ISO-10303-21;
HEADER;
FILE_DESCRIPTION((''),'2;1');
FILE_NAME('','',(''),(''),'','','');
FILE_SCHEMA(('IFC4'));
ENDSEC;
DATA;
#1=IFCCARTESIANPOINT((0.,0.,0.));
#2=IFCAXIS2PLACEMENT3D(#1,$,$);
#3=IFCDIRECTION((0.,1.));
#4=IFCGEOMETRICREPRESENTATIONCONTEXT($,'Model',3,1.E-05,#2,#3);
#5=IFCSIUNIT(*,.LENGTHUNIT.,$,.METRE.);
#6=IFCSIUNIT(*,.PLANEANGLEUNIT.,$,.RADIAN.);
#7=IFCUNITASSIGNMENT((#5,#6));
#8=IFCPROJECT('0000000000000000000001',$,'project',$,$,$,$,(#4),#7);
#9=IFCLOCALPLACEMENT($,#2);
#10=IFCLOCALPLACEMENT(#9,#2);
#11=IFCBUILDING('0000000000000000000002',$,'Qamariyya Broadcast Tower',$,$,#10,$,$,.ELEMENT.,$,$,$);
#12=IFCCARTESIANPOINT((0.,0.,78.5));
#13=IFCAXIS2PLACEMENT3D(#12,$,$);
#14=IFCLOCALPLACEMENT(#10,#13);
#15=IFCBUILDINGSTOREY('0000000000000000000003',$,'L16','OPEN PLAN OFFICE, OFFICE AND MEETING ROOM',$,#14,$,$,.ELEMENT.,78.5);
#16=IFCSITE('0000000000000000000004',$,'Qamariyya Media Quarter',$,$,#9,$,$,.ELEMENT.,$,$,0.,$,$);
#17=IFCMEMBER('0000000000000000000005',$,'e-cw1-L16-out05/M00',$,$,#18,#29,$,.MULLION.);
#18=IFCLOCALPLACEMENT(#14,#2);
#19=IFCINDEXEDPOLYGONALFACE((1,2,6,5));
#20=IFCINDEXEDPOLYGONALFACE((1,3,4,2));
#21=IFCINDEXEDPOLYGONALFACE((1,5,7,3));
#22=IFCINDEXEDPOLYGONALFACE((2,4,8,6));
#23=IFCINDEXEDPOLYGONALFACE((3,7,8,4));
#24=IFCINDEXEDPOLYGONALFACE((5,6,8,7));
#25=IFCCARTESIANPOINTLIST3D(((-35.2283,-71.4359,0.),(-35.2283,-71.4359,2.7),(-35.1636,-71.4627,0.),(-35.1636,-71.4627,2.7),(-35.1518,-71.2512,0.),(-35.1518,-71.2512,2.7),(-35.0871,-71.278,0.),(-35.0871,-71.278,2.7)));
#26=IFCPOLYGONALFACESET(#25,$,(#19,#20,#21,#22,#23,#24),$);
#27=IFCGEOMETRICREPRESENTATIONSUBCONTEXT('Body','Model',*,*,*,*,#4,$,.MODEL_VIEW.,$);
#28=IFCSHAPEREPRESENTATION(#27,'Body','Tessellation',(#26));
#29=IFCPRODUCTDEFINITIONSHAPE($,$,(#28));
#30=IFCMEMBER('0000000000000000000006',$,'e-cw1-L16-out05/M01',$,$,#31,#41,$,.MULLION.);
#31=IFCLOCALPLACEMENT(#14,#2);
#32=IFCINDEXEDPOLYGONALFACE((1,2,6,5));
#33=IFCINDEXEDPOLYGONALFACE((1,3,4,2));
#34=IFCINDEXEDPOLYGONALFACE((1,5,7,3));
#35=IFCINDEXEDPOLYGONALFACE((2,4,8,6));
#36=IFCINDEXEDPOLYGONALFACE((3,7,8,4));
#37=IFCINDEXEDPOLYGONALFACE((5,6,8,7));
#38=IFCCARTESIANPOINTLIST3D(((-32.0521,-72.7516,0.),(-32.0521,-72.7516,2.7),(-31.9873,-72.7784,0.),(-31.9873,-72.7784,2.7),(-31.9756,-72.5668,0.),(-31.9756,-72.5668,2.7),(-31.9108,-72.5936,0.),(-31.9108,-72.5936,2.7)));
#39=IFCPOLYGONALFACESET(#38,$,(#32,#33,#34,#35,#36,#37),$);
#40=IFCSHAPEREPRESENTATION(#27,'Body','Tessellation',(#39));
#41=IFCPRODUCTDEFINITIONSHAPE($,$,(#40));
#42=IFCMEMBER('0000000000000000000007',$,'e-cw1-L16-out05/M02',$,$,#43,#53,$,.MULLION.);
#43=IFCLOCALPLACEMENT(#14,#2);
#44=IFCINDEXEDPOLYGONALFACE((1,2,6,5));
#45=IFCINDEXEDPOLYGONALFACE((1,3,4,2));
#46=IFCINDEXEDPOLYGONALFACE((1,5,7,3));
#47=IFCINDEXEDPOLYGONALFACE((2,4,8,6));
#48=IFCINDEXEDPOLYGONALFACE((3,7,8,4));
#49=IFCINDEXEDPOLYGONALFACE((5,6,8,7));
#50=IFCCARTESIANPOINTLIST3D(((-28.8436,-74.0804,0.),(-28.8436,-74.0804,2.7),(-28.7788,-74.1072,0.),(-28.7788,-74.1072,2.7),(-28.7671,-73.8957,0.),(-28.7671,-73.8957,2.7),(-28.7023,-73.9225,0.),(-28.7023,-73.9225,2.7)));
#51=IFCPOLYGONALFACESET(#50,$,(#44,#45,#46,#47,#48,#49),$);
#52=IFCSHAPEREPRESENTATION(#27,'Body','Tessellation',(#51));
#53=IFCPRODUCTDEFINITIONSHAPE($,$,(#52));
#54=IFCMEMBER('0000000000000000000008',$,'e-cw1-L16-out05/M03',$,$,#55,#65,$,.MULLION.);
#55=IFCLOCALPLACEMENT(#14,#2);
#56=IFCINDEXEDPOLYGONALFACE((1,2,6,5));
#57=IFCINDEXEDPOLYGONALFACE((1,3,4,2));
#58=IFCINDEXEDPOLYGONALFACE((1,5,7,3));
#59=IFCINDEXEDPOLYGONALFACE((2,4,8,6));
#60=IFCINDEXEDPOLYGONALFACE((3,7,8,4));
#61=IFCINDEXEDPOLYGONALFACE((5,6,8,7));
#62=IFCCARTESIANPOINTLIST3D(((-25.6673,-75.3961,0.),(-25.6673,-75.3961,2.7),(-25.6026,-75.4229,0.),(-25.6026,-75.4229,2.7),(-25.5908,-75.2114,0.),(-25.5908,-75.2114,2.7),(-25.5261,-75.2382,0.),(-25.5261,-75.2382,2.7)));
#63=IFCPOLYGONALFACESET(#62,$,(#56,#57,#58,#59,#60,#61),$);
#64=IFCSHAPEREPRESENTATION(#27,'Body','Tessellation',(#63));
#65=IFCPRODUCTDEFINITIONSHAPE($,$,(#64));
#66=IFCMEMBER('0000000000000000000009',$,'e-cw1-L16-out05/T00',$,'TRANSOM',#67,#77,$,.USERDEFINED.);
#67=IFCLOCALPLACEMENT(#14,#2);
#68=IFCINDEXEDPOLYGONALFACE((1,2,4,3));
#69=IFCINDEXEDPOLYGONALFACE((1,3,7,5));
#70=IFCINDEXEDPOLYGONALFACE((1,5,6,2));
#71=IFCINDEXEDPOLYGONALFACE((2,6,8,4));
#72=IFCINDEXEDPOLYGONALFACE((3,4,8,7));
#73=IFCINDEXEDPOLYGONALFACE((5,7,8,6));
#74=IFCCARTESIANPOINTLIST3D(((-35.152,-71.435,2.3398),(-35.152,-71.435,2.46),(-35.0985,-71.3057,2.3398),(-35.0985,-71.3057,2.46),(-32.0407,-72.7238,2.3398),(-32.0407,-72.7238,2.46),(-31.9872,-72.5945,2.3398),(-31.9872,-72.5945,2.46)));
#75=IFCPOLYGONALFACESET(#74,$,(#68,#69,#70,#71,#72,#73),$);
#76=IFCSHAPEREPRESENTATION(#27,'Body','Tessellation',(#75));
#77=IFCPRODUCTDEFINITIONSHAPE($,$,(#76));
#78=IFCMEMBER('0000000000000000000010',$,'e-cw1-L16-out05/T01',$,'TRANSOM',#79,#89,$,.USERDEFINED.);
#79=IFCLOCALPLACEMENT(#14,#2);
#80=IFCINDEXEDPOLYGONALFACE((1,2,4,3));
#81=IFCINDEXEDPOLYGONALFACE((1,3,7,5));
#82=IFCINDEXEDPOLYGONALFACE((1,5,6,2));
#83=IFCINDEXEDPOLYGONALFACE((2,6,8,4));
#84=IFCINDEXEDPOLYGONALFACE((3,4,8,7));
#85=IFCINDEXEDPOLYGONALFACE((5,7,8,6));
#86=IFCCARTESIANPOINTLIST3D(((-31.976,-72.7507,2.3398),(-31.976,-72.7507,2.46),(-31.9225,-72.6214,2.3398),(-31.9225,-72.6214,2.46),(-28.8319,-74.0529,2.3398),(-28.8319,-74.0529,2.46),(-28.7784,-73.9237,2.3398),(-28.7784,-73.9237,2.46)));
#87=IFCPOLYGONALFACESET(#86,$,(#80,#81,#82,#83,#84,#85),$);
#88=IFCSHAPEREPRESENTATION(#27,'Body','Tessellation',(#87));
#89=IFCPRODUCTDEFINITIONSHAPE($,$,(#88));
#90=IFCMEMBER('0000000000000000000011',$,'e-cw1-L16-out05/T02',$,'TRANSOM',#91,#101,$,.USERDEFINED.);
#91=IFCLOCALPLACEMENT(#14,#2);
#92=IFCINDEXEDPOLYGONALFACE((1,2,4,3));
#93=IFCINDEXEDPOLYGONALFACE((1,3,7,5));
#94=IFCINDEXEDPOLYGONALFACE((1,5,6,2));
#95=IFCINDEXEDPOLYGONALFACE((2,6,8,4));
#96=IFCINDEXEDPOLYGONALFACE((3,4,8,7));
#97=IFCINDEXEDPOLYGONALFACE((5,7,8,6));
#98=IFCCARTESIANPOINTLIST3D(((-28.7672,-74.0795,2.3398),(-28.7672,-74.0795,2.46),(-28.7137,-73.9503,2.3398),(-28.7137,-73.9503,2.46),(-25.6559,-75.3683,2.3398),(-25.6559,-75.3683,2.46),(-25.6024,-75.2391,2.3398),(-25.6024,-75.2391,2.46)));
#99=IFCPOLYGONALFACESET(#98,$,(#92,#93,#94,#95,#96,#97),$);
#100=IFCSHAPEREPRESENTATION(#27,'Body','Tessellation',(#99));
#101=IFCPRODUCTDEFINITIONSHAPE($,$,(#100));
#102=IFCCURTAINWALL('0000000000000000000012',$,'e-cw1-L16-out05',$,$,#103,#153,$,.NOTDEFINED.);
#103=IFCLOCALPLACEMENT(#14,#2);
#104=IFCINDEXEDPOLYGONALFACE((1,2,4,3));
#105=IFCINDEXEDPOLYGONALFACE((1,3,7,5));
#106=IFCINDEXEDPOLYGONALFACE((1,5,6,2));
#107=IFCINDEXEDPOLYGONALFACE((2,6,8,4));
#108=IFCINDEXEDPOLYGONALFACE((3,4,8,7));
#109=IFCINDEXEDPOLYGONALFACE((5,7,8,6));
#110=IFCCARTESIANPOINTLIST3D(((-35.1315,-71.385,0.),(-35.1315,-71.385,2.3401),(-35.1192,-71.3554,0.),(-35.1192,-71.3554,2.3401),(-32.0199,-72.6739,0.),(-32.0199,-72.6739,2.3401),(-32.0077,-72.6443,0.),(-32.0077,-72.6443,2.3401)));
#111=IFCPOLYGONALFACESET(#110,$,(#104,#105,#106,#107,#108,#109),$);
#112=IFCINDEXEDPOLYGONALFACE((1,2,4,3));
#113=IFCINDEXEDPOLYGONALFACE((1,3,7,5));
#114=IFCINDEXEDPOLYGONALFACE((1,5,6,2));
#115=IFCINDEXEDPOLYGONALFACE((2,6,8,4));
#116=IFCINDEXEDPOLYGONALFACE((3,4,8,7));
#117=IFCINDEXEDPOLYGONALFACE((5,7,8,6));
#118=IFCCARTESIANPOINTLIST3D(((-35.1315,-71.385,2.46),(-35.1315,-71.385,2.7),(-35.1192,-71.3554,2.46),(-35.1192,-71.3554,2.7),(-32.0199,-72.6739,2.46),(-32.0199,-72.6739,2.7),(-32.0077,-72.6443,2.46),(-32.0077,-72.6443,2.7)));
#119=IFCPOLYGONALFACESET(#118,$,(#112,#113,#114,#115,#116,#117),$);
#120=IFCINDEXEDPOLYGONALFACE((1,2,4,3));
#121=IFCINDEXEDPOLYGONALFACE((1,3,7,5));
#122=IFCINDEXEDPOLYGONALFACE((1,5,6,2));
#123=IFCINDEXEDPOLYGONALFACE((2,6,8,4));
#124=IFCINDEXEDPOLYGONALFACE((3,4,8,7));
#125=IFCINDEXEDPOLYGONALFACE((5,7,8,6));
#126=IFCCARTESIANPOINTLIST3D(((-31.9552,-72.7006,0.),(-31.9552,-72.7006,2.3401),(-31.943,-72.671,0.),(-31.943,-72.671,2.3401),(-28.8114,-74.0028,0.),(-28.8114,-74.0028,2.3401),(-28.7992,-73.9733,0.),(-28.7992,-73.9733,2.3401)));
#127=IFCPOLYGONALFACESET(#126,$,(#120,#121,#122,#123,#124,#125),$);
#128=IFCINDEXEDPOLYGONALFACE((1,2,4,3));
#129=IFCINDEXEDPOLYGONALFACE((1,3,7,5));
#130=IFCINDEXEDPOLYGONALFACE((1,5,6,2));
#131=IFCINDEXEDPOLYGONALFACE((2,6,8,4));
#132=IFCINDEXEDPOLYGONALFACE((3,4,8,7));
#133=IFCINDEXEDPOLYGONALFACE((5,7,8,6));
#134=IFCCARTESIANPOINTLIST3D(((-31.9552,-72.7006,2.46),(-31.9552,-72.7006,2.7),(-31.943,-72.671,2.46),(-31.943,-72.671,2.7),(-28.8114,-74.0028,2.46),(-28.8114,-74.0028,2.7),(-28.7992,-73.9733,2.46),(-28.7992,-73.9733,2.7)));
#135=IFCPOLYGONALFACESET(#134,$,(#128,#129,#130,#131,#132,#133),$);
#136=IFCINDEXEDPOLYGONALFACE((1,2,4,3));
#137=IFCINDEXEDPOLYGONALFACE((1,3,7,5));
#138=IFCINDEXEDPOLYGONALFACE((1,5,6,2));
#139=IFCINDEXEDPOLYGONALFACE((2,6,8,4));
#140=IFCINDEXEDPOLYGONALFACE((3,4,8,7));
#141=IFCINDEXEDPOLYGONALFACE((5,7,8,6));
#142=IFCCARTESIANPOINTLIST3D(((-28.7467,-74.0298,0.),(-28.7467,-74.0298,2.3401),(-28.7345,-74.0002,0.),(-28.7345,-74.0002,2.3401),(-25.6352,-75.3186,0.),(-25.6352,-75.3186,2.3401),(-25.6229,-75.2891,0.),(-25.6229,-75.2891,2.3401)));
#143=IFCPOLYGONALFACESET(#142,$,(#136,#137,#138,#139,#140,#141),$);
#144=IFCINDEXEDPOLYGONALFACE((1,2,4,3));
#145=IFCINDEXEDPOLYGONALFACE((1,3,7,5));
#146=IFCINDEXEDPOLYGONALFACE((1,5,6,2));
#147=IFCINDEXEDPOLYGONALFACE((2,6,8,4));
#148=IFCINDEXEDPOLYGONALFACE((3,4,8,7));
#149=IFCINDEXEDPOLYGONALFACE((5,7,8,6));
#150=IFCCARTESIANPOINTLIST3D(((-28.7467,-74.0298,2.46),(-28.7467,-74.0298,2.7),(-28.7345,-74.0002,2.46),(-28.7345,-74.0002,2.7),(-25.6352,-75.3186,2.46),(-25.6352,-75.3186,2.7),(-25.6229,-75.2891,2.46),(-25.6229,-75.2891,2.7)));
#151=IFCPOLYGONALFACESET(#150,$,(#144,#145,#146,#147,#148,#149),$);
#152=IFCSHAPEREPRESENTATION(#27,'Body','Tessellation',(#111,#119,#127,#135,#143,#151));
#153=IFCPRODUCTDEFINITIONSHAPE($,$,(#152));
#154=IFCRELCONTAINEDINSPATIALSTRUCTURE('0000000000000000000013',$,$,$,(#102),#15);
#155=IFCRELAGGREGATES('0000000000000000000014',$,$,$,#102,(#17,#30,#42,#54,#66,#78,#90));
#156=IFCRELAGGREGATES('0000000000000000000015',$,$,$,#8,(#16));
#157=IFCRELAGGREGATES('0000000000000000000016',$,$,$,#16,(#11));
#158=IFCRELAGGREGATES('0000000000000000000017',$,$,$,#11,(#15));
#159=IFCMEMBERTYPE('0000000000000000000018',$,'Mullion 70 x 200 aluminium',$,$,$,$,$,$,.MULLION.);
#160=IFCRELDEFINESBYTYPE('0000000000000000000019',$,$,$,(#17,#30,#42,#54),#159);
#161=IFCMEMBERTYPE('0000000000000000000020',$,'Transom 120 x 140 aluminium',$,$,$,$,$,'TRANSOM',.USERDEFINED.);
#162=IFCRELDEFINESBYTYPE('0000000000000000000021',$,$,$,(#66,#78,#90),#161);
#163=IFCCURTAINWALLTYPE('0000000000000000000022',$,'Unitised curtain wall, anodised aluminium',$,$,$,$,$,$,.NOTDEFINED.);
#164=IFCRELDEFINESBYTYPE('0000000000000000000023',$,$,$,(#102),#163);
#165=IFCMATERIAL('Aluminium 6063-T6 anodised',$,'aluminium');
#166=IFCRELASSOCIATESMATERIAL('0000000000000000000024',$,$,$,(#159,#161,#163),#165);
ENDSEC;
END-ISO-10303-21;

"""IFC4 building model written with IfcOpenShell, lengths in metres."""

from ifc_helpers import new_model, si_unit, direction, frame, origin, origin_2d, place, context, subcontext, project, spatial, rectangle, extrude, material, material_profile, profile_set, type_object, element, aggregate, save


model = new_model("IFC4")

# Units and contexts
model_context = context("Model", 3, precision=1e-05, world=origin(), true_north=direction((0.0, 1.0)))
body_context = subcontext(model_context, "Body", "Model", "MODEL_VIEW")
ifc_project = project(units=[si_unit("LENGTHUNIT", "METRE"), si_unit("PLANEANGLEUNIT", "RADIAN")], contexts=[model_context])

# Members
ifc_material_1 = material(Name="Aluminium 6063-T6 anodised", Category="aluminium")
ifc_material_profile_1 = material_profile(ifc_material_1, rectangle(XDim=0.2, YDim=0.0701, at=origin_2d()))
ifc_profile_set_1 = profile_set([ifc_material_profile_1], Name="Aluminium 6063-T6 anodised")
member_type_1 = type_object("IfcMemberType", Name="Mullion 70 x 200 aluminium", PredefinedType="MULLION", material=ifc_profile_set_1)
site_placement = place(None, origin())
building_placement = place(site_placement, origin())
storey_placement = place(building_placement, frame((0.0, 0.0, 78.5)))
member_1_placement = place(storey_placement, frame((-35.1577, -71.3569, 0.0), z_axis=(0.0, 0.0, 1.0), x_axis=(0.382683, 0.92388, 0.0)))
member_1 = element("IfcMember", 1, at=member_1_placement, type_object=member_type_1, Name="e-cw1-L16-out05/M00", PredefinedType="MULLION", context=body_context, shape_type="SweptSolid", body=[
    extrude(rectangle(XDim=0.2, YDim=0.0701, at=origin_2d()), origin(), (0.0, 0.0, 1.0), 2.7),
])
member_2_placement = place(storey_placement, frame((-31.9814, -72.6726, 0.0), z_axis=(0.0, 0.0, 1.0), x_axis=(0.382683, 0.92388, 0.0)))
member_2 = element("IfcMember", 2, at=member_2_placement, type_object=member_type_1, Name="e-cw1-L16-out05/M01", PredefinedType="MULLION", context=body_context, shape_type="SweptSolid", body=[
    extrude(rectangle(XDim=0.2, YDim=0.0701, at=origin_2d()), origin(), (0.0, 0.0, 1.0), 2.7),
])
member_3_placement = place(storey_placement, frame((-28.7729, -74.0015, 0.0), z_axis=(0.0, 0.0, 1.0), x_axis=(0.382683, 0.92388, 0.0)))
member_3 = element("IfcMember", 3, at=member_3_placement, type_object=member_type_1, Name="e-cw1-L16-out05/M02", PredefinedType="MULLION", context=body_context, shape_type="SweptSolid", body=[
    extrude(rectangle(XDim=0.2, YDim=0.0701, at=origin_2d()), origin(), (0.0, 0.0, 1.0), 2.7),
])
member_4_placement = place(storey_placement, frame((-25.5967, -75.3171, 0.0), z_axis=(0.0, 0.0, 1.0), x_axis=(0.382683, 0.92388, 0.0)))
member_4 = element("IfcMember", 4, at=member_4_placement, type_object=member_type_1, Name="e-cw1-L16-out05/M03", PredefinedType="MULLION", context=body_context, shape_type="SweptSolid", body=[
    extrude(rectangle(XDim=0.2, YDim=0.0701, at=origin_2d()), origin(), (0.0, 0.0, 1.0), 2.7),
])
ifc_material_profile_2 = material_profile(ifc_material_1, rectangle(XDim=0.1399, YDim=0.1201, at=origin_2d()))
ifc_profile_set_2 = profile_set([ifc_material_profile_2], Name="Aluminium 6063-T6 anodised")
member_type_2 = type_object("IfcMemberType", Name="Transom 120 x 140 aluminium", ElementType="TRANSOM", PredefinedType="USERDEFINED", material=ifc_profile_set_2)
member_5_placement = place(storey_placement, frame((-35.1252, -71.3704, 2.3999), z_axis=(0.923873, -0.3827, 0.0), x_axis=(0.3827, 0.923873, 0.0)))
member_5 = element("IfcMember", 5, at=member_5_placement, type_object=member_type_2, Name="e-cw1-L16-out05/T00", ObjectType="TRANSOM", PredefinedType="USERDEFINED", context=body_context, shape_type="SweptSolid", body=[
    extrude(rectangle(XDim=0.1399, YDim=0.1201, at=origin_2d()), origin(), (0.0, 0.0, 1.0), 3.3677),
])
member_6_placement = place(storey_placement, frame((-31.9492, -72.686, 2.3999), z_axis=(0.923886, -0.382669, 0.0), x_axis=(0.382669, 0.923886, 0.0)))
member_6 = element("IfcMember", 6, at=member_6_placement, type_object=member_type_2, Name="e-cw1-L16-out05/T01", ObjectType="TRANSOM", PredefinedType="USERDEFINED", context=body_context, shape_type="SweptSolid", body=[
    extrude(rectangle(XDim=0.1399, YDim=0.1201, at=origin_2d()), origin(), (0.0, 0.0, 1.0), 3.4031),
])
member_7_placement = place(storey_placement, frame((-28.7405, -74.0149, 2.3999), z_axis=(0.923873, -0.3827, 0.0), x_axis=(0.3827, 0.923873, 0.0)))
member_7 = element("IfcMember", 7, at=member_7_placement, type_object=member_type_2, Name="e-cw1-L16-out05/T02", ObjectType="TRANSOM", PredefinedType="USERDEFINED", context=body_context, shape_type="SweptSolid", body=[
    extrude(rectangle(XDim=0.1399, YDim=0.1201, at=origin_2d()), origin(), (0.0, 0.0, 1.0), 3.3677),
])

# Site, building, storey
site = spatial("IfcSite", under=ifc_project, at=site_placement, Name="Qamariyya Media Quarter", CompositionType="ELEMENT", RefElevation=0.0)
building = spatial("IfcBuilding", under=site, at=building_placement, Name="Qamariyya Broadcast Tower", CompositionType="ELEMENT")
storey = spatial("IfcBuildingStorey", under=building, at=storey_placement, Name="L16", Description="OPEN PLAN OFFICE, OFFICE AND MEETING ROOM", CompositionType="ELEMENT", Elevation=78.5)

# Curtain wall
curtain_wall_type = type_object("IfcCurtainWallType", Name="Unitised curtain wall, anodised aluminium", PredefinedType="NOTDEFINED", material=ifc_material_1)
curtain_wall_1_placement = place(storey_placement, origin())
curtain_wall_1 = element("IfcCurtainWall", 8, at=curtain_wall_1_placement, inside=storey, type_object=curtain_wall_type, Name="e-cw1-L16-out05", PredefinedType="NOTDEFINED", context=body_context, shape_type="SweptSolid", body=[
    extrude(rectangle(XDim=3.3679, YDim=0.032, at=origin_2d()), frame((-33.5696, -72.0146, 0.0), x_axis=(0.923878, -0.382688, 0.0)), (0.0, 0.0, 1.0), 2.3401),
    extrude(rectangle(XDim=3.3679, YDim=0.032, at=origin_2d()), frame((-33.5696, -72.0146, 2.46), x_axis=(0.923878, -0.382688, 0.0)), (0.0, 0.0, 1.0), 0.24),
    extrude(rectangle(XDim=3.4028, YDim=0.032, at=origin_2d()), frame((-30.3772, -73.3369, 0.0), x_axis=(0.923878, -0.382688, 0.0)), (0.0, 0.0, 1.0), 2.3401),
    extrude(rectangle(XDim=3.4028, YDim=0.032, at=origin_2d()), frame((-30.3772, -73.3369, 2.46), x_axis=(0.923878, -0.382688, 0.0)), (0.0, 0.0, 1.0), 0.24),
    extrude(rectangle(XDim=3.3679, YDim=0.032, at=origin_2d()), frame((-27.1848, -74.6594, 0.0), x_axis=(0.923878, -0.382688, 0.0)), (0.0, 0.0, 1.0), 2.3401),
    extrude(rectangle(XDim=3.3679, YDim=0.032, at=origin_2d()), frame((-27.1848, -74.6594, 2.46), x_axis=(0.923878, -0.382688, 0.0)), (0.0, 0.0, 1.0), 0.24),
])
aggregate(curtain_wall_1, [member_1, member_2, member_3, member_4, member_5, member_6, member_7])

save(model, "model.ifc")
